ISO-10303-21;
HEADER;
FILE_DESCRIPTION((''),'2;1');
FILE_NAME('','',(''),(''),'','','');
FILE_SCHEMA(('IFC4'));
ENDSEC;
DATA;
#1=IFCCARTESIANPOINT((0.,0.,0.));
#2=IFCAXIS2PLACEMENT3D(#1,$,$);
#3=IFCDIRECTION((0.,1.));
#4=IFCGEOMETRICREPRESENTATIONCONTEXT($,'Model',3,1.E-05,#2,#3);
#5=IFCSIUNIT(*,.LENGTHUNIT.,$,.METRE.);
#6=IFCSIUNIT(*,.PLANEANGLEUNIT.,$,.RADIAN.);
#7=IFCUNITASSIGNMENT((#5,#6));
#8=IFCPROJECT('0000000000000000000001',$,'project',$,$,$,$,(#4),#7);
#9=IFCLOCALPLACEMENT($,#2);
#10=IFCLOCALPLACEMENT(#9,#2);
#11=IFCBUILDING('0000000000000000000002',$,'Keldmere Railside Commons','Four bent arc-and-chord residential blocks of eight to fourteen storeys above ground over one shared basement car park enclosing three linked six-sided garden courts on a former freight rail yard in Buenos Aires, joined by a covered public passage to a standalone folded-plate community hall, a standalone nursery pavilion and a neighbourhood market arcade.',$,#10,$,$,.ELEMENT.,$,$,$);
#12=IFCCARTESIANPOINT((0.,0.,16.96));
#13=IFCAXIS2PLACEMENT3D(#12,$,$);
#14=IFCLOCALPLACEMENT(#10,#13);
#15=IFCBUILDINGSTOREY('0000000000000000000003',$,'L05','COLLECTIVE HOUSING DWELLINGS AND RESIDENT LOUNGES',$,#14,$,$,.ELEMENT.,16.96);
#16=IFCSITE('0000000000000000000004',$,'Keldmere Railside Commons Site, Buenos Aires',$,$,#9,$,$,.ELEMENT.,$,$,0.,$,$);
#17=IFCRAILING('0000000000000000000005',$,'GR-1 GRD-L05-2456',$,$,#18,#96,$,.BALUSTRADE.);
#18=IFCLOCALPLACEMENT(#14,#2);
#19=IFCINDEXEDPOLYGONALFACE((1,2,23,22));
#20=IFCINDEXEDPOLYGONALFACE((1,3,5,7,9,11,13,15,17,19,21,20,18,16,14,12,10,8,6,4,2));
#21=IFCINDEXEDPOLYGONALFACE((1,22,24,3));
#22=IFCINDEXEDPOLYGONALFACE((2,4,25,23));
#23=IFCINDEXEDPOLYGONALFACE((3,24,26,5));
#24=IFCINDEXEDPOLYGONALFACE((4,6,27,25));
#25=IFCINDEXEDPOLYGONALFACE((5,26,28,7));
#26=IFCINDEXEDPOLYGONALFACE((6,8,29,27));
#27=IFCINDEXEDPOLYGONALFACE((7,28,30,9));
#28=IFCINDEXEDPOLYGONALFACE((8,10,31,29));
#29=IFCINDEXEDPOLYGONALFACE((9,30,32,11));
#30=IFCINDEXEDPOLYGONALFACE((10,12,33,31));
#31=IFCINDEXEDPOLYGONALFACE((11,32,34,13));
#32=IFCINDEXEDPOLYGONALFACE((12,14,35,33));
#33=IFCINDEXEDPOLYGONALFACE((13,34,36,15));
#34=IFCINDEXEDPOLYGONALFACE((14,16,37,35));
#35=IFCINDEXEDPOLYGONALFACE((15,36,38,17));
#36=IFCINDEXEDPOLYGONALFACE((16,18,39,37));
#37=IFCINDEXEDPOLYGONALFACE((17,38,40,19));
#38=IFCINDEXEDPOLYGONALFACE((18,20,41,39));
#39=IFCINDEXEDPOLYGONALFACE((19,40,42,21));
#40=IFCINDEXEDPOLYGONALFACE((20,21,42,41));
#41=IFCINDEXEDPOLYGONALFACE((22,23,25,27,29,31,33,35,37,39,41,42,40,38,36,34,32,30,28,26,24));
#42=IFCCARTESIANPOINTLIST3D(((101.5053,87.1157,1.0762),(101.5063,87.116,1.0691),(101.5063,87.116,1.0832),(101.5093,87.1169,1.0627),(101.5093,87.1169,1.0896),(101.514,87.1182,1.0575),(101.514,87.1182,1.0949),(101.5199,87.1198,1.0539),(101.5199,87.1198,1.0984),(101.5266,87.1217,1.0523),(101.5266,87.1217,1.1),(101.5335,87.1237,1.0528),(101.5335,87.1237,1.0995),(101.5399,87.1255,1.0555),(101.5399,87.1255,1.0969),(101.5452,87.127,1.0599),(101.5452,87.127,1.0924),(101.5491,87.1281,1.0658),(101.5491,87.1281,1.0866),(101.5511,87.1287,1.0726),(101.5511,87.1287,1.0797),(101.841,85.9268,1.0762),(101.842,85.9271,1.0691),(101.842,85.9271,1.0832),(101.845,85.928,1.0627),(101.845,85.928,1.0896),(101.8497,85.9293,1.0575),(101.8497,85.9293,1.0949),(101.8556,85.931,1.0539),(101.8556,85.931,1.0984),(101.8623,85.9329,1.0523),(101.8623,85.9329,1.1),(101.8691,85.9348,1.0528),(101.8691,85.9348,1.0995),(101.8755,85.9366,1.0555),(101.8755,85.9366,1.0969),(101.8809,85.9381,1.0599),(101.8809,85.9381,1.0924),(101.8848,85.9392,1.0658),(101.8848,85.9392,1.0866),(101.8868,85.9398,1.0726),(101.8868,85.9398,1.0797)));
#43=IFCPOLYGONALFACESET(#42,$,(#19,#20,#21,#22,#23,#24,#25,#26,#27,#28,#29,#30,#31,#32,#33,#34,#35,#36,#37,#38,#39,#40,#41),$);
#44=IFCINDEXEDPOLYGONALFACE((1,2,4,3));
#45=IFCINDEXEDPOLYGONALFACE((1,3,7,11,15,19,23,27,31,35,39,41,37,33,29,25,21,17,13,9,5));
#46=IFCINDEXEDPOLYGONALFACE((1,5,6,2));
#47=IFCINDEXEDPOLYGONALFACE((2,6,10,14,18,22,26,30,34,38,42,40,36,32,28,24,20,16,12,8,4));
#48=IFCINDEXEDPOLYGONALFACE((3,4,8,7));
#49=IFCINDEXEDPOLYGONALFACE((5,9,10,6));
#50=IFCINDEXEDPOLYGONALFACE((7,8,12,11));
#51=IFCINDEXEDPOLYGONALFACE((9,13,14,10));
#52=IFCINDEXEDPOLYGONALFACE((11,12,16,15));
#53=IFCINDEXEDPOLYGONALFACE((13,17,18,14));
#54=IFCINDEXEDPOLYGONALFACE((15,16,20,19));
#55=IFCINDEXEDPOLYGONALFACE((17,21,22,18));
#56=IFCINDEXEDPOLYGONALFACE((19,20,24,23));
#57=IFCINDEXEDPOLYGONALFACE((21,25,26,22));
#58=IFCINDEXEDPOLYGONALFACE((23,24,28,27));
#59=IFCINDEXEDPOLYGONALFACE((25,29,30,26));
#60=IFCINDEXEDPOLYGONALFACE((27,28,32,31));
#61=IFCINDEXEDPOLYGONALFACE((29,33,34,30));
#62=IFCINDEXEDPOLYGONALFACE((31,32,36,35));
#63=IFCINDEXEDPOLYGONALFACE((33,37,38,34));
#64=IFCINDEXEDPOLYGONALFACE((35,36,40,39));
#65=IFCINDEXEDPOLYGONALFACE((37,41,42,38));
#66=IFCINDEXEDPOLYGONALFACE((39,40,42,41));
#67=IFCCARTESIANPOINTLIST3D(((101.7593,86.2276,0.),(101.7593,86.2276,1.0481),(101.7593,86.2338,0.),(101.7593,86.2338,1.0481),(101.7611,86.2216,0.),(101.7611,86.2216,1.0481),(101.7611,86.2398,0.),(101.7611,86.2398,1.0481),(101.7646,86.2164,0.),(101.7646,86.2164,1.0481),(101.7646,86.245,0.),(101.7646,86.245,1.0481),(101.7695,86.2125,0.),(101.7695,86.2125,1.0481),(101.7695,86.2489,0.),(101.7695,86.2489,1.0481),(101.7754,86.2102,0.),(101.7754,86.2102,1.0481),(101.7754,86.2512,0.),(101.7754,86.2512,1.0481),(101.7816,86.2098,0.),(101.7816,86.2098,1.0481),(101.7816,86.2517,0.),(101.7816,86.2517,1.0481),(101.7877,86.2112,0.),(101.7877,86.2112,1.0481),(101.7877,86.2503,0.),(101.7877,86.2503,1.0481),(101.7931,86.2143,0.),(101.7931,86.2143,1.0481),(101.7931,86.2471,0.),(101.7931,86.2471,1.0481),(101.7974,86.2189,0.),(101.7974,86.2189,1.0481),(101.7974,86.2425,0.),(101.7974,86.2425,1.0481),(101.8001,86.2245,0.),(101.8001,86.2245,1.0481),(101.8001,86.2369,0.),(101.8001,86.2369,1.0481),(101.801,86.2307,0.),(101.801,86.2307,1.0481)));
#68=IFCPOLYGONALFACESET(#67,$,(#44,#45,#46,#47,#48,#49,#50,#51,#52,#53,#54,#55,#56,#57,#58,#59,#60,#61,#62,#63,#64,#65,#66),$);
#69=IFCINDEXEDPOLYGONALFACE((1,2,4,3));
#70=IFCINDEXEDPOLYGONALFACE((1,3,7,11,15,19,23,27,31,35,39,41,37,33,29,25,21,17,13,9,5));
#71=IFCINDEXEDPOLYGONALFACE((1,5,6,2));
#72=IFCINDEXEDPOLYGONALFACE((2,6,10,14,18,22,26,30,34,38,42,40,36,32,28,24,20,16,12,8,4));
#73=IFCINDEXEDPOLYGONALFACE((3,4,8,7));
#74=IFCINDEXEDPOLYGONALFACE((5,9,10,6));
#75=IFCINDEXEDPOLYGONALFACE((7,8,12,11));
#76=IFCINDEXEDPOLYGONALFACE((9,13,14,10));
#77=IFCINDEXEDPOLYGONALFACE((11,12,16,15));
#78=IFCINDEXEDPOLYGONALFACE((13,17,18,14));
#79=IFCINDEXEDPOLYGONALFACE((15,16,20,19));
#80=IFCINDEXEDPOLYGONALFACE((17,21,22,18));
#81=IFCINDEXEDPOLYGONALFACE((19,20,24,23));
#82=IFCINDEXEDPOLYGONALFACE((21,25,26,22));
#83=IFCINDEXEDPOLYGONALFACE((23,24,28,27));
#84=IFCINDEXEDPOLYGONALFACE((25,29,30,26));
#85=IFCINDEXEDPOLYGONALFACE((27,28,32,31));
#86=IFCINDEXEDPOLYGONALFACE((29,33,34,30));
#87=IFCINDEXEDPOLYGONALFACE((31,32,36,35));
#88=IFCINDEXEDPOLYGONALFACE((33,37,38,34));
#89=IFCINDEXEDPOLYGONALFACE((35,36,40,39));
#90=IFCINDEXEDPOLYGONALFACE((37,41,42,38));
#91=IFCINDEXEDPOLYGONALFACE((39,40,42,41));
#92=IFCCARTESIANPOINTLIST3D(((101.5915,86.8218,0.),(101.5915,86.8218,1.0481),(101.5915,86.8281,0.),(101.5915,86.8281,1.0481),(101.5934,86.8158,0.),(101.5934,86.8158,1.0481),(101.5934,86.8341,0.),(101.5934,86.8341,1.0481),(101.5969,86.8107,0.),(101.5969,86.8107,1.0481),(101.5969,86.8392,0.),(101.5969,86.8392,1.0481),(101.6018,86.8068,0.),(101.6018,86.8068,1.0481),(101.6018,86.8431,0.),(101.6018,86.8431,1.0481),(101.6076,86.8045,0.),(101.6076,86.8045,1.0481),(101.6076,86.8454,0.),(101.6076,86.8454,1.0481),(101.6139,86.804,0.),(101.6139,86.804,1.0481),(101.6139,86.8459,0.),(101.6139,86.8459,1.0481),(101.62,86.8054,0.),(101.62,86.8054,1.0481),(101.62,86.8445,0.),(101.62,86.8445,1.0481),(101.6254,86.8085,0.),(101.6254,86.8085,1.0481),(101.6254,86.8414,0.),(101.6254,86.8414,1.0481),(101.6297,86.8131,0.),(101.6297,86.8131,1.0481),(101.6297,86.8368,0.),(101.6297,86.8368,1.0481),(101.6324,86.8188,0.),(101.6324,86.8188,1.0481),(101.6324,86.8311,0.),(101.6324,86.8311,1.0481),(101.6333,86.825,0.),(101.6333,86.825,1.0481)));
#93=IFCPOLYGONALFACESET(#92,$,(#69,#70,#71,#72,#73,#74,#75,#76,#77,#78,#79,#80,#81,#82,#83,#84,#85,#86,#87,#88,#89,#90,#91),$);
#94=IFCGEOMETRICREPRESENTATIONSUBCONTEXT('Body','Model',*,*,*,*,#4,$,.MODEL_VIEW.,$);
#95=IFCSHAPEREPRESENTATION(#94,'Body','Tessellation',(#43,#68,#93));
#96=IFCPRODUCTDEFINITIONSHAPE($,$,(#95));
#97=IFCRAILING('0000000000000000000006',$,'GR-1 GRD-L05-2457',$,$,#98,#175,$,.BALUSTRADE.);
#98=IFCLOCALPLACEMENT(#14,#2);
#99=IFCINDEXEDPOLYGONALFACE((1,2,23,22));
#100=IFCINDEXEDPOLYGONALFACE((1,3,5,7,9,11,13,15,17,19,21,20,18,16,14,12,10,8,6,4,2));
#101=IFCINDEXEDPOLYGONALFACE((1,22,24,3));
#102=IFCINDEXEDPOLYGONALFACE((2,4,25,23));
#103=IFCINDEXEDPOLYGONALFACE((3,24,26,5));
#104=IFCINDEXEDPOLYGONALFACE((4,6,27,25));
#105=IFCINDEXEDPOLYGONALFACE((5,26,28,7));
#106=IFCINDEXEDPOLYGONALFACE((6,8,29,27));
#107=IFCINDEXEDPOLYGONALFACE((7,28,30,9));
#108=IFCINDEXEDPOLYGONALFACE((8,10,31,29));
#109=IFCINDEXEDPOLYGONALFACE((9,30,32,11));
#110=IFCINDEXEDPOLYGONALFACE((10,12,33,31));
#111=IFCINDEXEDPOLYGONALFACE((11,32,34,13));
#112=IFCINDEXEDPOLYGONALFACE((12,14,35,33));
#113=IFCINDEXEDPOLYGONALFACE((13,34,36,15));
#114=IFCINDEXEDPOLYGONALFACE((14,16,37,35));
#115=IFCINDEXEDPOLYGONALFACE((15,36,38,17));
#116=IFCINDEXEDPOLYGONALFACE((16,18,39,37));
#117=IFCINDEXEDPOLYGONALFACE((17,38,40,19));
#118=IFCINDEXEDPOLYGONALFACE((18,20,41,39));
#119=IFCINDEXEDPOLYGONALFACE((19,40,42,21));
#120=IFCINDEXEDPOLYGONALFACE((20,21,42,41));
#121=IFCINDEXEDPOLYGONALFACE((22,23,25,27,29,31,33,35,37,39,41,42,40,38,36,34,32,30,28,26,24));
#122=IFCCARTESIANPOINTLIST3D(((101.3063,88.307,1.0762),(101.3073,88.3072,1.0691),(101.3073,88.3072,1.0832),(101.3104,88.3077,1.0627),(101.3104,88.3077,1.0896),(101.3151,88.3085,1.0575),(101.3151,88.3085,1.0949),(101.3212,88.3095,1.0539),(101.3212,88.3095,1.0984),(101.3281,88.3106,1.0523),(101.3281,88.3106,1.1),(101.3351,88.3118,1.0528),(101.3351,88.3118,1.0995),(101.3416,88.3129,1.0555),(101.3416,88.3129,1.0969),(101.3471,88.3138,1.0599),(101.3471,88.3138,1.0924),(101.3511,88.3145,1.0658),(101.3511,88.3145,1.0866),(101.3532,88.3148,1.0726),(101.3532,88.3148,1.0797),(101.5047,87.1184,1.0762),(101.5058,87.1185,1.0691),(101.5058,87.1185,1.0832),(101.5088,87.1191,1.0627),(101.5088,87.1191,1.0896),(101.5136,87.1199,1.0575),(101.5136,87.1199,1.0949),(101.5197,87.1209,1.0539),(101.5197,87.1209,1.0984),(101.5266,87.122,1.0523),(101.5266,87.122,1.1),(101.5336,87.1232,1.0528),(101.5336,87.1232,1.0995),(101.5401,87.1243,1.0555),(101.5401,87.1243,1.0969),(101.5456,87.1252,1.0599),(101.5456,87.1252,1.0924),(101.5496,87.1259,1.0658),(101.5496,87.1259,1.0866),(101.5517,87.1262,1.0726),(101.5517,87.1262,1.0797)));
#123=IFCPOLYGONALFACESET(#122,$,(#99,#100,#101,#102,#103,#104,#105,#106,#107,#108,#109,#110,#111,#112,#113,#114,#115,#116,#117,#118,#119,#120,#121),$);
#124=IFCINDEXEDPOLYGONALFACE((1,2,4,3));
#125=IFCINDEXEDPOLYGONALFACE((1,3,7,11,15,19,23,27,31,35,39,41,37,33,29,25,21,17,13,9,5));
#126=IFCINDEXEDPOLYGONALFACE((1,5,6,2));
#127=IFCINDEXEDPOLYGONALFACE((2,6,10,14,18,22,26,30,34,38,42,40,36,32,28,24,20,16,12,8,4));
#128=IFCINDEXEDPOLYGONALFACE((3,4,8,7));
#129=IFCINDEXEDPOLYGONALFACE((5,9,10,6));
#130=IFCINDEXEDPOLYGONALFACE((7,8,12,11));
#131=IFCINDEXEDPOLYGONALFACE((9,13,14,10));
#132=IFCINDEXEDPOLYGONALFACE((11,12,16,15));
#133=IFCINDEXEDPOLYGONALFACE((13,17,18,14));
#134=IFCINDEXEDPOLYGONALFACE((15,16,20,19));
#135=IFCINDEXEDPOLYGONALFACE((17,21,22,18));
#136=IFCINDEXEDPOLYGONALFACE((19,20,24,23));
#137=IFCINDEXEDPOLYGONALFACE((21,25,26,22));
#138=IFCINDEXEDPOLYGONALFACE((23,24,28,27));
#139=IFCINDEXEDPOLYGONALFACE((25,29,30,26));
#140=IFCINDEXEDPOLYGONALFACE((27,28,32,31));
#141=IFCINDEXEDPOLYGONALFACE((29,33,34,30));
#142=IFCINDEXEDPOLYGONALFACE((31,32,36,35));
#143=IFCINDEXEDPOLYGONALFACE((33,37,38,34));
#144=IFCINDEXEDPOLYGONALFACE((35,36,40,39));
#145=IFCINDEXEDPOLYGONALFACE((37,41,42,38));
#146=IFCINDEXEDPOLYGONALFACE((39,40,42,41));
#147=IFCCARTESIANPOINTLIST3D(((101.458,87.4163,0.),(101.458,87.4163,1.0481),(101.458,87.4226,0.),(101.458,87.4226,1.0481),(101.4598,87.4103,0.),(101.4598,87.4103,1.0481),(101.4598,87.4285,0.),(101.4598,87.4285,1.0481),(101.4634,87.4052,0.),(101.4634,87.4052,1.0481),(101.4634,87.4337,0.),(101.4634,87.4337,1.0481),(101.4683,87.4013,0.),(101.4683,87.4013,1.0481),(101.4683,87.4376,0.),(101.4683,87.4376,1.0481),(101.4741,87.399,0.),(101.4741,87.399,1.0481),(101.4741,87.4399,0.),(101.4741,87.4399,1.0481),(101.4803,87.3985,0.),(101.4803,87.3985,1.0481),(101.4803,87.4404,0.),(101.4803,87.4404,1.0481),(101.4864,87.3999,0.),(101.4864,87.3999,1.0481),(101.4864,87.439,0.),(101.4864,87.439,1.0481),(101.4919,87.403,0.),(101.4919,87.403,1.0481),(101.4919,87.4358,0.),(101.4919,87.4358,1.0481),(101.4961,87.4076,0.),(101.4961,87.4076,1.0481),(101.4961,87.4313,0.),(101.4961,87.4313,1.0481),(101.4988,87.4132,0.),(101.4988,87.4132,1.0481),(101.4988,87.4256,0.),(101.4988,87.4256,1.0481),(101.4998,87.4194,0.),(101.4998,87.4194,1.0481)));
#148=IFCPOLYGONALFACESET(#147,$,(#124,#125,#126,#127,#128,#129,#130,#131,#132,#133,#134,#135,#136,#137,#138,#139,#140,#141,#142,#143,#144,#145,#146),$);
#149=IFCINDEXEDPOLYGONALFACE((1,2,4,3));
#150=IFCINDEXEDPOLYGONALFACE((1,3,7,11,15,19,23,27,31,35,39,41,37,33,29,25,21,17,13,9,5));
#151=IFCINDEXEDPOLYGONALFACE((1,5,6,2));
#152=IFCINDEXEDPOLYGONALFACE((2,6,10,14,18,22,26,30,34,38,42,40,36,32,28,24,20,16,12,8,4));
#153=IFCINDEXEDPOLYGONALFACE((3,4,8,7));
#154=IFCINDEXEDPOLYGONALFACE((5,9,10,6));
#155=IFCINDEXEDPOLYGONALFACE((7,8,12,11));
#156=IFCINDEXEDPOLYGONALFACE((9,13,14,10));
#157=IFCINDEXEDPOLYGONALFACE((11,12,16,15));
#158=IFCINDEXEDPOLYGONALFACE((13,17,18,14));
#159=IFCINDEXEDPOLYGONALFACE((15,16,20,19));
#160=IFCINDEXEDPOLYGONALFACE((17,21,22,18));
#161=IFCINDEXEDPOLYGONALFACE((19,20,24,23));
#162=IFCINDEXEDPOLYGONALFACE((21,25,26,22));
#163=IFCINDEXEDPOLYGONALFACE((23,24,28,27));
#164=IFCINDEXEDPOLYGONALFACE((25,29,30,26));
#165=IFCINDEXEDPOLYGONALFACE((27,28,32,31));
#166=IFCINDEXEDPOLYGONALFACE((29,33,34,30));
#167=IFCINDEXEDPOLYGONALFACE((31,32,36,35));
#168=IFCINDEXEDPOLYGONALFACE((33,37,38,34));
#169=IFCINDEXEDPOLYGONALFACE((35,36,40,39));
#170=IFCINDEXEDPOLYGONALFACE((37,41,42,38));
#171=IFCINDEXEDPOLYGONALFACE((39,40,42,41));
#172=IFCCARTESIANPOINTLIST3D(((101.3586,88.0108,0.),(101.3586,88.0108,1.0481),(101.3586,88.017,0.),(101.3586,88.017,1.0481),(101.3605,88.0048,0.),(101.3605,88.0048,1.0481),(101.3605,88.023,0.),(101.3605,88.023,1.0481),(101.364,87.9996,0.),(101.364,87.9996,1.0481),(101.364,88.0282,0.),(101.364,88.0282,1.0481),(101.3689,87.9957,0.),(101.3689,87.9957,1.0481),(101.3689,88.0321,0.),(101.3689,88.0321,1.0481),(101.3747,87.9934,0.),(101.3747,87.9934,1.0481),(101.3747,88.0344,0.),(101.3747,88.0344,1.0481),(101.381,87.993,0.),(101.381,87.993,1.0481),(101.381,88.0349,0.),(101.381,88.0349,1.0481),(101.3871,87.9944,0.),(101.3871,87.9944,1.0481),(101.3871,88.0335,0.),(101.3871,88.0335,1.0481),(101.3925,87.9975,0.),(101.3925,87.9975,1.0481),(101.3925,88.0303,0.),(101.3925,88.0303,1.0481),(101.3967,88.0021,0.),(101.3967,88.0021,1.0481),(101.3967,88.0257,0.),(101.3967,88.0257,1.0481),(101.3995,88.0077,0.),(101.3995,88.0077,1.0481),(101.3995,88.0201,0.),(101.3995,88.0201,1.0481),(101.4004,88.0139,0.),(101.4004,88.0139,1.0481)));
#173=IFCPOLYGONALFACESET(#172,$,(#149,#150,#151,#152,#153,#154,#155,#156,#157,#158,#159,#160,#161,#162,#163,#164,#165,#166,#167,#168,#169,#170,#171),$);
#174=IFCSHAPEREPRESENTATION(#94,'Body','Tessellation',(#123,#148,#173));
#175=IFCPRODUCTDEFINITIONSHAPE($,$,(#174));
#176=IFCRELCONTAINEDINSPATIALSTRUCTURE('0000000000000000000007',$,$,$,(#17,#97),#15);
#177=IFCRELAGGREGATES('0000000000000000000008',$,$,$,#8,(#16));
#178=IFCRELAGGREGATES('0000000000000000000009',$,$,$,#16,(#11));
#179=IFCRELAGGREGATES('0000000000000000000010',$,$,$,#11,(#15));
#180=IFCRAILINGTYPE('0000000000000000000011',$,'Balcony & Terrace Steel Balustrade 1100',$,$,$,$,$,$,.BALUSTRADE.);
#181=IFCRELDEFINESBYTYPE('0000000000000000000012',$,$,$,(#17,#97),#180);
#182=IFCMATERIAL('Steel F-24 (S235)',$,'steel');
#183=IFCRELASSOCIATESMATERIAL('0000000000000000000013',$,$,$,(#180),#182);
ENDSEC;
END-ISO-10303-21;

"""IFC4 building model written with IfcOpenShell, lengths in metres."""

from ifc_helpers import new_model, si_unit, direction, frame, origin, origin_2d, place, context, subcontext, project, spatial, circle, extrude, material, type_object, element, save


model = new_model("IFC4")

# Units and contexts
model_context = context("Model", 3, precision=1e-05, world=origin(), true_north=direction((0.0, 1.0)))
body_context = subcontext(model_context, "Body", "Model", "MODEL_VIEW")
ifc_project = project(units=[si_unit("LENGTHUNIT", "METRE"), si_unit("PLANEANGLEUNIT", "RADIAN")], contexts=[model_context])

# Site, building, storey
site_placement = place(None, origin())
site = spatial("IfcSite", under=ifc_project, at=site_placement, Name="Keldmere Railside Commons Site, Buenos Aires", CompositionType="ELEMENT", RefElevation=0.0)
building_placement = place(site_placement, origin())
building = spatial("IfcBuilding", under=site, at=building_placement, Name="Keldmere Railside Commons", Description="Four bent arc-and-chord residential blocks of eight to fourteen storeys above ground over one shared basement car park enclosing three linked six-sided garden courts on a former freight rail yard in Buenos Aires, joined by a covered public passage to a standalone folded-plate community hall, a standalone nursery pavilion and a neighbourhood market arcade.", CompositionType="ELEMENT")
storey_placement = place(building_placement, frame((0.0, 0.0, 16.96)))
storey = spatial("IfcBuildingStorey", under=building, at=storey_placement, Name="L05", Description="COLLECTIVE HOUSING DWELLINGS AND RESIDENT LOUNGES", CompositionType="ELEMENT", Elevation=16.96)

# Shared definitions
ifc_material_1 = material(Name="Steel F-24 (S235)", Category="steel")

# Railings
railing_type = type_object("IfcRailingType", Name="Balcony & Terrace Steel Balustrade 1100", PredefinedType="BALUSTRADE", material=ifc_material_1)
railing_1_placement = place(storey_placement, frame((101.864, 85.9333, 0.0)))
element("IfcRailing", 1, at=railing_1_placement, inside=storey, type_object=railing_type, Name="GR-1 GRD-L05-2456", PredefinedType="BALUSTRADE", context=body_context, shape_type="SweptSolid", body=[
    extrude(circle(Radius=0.0239, at=origin_2d()), frame((0.0, 0.0, 1.0762), z_axis=(-0.271718, 0.962377, 0.0), x_axis=(-0.962377, -0.271718, 0.0)), (0.0, 0.0, 1.0), 1.2354),
    extrude(circle(Radius=0.021, at=origin_2d()), frame((-0.084, 0.2974, 0.0)), (0.0, 0.0, 1.0), 1.0481),
    extrude(circle(Radius=0.021, at=origin_2d()), frame((-0.2517, 0.8916, 0.0)), (0.0, 0.0, 1.0), 1.0481),
])
railing_2_placement = place(storey_placement, frame((101.5283, 87.1223, 0.0)))
element("IfcRailing", 2, at=railing_2_placement, inside=storey, type_object=railing_type, Name="GR-1 GRD-L05-2457", PredefinedType="BALUSTRADE", context=body_context, shape_type="SweptSolid", body=[
    extrude(circle(Radius=0.0239, at=origin_2d()), frame((0.0, 0.0, 1.0762), z_axis=(-0.164695, 0.986345, 0.0), x_axis=(-0.986345, -0.164695, 0.0)), (0.0, 0.0, 1.0), 1.2051),
    extrude(circle(Radius=0.021, at=origin_2d()), frame((-0.0496, 0.2971, 0.0)), (0.0, 0.0, 1.0), 1.0481),
    extrude(circle(Radius=0.021, at=origin_2d()), frame((-0.1489, 0.8916, 0.0)), (0.0, 0.0, 1.0), 1.0481),
])

save(model, "model.ifc")
